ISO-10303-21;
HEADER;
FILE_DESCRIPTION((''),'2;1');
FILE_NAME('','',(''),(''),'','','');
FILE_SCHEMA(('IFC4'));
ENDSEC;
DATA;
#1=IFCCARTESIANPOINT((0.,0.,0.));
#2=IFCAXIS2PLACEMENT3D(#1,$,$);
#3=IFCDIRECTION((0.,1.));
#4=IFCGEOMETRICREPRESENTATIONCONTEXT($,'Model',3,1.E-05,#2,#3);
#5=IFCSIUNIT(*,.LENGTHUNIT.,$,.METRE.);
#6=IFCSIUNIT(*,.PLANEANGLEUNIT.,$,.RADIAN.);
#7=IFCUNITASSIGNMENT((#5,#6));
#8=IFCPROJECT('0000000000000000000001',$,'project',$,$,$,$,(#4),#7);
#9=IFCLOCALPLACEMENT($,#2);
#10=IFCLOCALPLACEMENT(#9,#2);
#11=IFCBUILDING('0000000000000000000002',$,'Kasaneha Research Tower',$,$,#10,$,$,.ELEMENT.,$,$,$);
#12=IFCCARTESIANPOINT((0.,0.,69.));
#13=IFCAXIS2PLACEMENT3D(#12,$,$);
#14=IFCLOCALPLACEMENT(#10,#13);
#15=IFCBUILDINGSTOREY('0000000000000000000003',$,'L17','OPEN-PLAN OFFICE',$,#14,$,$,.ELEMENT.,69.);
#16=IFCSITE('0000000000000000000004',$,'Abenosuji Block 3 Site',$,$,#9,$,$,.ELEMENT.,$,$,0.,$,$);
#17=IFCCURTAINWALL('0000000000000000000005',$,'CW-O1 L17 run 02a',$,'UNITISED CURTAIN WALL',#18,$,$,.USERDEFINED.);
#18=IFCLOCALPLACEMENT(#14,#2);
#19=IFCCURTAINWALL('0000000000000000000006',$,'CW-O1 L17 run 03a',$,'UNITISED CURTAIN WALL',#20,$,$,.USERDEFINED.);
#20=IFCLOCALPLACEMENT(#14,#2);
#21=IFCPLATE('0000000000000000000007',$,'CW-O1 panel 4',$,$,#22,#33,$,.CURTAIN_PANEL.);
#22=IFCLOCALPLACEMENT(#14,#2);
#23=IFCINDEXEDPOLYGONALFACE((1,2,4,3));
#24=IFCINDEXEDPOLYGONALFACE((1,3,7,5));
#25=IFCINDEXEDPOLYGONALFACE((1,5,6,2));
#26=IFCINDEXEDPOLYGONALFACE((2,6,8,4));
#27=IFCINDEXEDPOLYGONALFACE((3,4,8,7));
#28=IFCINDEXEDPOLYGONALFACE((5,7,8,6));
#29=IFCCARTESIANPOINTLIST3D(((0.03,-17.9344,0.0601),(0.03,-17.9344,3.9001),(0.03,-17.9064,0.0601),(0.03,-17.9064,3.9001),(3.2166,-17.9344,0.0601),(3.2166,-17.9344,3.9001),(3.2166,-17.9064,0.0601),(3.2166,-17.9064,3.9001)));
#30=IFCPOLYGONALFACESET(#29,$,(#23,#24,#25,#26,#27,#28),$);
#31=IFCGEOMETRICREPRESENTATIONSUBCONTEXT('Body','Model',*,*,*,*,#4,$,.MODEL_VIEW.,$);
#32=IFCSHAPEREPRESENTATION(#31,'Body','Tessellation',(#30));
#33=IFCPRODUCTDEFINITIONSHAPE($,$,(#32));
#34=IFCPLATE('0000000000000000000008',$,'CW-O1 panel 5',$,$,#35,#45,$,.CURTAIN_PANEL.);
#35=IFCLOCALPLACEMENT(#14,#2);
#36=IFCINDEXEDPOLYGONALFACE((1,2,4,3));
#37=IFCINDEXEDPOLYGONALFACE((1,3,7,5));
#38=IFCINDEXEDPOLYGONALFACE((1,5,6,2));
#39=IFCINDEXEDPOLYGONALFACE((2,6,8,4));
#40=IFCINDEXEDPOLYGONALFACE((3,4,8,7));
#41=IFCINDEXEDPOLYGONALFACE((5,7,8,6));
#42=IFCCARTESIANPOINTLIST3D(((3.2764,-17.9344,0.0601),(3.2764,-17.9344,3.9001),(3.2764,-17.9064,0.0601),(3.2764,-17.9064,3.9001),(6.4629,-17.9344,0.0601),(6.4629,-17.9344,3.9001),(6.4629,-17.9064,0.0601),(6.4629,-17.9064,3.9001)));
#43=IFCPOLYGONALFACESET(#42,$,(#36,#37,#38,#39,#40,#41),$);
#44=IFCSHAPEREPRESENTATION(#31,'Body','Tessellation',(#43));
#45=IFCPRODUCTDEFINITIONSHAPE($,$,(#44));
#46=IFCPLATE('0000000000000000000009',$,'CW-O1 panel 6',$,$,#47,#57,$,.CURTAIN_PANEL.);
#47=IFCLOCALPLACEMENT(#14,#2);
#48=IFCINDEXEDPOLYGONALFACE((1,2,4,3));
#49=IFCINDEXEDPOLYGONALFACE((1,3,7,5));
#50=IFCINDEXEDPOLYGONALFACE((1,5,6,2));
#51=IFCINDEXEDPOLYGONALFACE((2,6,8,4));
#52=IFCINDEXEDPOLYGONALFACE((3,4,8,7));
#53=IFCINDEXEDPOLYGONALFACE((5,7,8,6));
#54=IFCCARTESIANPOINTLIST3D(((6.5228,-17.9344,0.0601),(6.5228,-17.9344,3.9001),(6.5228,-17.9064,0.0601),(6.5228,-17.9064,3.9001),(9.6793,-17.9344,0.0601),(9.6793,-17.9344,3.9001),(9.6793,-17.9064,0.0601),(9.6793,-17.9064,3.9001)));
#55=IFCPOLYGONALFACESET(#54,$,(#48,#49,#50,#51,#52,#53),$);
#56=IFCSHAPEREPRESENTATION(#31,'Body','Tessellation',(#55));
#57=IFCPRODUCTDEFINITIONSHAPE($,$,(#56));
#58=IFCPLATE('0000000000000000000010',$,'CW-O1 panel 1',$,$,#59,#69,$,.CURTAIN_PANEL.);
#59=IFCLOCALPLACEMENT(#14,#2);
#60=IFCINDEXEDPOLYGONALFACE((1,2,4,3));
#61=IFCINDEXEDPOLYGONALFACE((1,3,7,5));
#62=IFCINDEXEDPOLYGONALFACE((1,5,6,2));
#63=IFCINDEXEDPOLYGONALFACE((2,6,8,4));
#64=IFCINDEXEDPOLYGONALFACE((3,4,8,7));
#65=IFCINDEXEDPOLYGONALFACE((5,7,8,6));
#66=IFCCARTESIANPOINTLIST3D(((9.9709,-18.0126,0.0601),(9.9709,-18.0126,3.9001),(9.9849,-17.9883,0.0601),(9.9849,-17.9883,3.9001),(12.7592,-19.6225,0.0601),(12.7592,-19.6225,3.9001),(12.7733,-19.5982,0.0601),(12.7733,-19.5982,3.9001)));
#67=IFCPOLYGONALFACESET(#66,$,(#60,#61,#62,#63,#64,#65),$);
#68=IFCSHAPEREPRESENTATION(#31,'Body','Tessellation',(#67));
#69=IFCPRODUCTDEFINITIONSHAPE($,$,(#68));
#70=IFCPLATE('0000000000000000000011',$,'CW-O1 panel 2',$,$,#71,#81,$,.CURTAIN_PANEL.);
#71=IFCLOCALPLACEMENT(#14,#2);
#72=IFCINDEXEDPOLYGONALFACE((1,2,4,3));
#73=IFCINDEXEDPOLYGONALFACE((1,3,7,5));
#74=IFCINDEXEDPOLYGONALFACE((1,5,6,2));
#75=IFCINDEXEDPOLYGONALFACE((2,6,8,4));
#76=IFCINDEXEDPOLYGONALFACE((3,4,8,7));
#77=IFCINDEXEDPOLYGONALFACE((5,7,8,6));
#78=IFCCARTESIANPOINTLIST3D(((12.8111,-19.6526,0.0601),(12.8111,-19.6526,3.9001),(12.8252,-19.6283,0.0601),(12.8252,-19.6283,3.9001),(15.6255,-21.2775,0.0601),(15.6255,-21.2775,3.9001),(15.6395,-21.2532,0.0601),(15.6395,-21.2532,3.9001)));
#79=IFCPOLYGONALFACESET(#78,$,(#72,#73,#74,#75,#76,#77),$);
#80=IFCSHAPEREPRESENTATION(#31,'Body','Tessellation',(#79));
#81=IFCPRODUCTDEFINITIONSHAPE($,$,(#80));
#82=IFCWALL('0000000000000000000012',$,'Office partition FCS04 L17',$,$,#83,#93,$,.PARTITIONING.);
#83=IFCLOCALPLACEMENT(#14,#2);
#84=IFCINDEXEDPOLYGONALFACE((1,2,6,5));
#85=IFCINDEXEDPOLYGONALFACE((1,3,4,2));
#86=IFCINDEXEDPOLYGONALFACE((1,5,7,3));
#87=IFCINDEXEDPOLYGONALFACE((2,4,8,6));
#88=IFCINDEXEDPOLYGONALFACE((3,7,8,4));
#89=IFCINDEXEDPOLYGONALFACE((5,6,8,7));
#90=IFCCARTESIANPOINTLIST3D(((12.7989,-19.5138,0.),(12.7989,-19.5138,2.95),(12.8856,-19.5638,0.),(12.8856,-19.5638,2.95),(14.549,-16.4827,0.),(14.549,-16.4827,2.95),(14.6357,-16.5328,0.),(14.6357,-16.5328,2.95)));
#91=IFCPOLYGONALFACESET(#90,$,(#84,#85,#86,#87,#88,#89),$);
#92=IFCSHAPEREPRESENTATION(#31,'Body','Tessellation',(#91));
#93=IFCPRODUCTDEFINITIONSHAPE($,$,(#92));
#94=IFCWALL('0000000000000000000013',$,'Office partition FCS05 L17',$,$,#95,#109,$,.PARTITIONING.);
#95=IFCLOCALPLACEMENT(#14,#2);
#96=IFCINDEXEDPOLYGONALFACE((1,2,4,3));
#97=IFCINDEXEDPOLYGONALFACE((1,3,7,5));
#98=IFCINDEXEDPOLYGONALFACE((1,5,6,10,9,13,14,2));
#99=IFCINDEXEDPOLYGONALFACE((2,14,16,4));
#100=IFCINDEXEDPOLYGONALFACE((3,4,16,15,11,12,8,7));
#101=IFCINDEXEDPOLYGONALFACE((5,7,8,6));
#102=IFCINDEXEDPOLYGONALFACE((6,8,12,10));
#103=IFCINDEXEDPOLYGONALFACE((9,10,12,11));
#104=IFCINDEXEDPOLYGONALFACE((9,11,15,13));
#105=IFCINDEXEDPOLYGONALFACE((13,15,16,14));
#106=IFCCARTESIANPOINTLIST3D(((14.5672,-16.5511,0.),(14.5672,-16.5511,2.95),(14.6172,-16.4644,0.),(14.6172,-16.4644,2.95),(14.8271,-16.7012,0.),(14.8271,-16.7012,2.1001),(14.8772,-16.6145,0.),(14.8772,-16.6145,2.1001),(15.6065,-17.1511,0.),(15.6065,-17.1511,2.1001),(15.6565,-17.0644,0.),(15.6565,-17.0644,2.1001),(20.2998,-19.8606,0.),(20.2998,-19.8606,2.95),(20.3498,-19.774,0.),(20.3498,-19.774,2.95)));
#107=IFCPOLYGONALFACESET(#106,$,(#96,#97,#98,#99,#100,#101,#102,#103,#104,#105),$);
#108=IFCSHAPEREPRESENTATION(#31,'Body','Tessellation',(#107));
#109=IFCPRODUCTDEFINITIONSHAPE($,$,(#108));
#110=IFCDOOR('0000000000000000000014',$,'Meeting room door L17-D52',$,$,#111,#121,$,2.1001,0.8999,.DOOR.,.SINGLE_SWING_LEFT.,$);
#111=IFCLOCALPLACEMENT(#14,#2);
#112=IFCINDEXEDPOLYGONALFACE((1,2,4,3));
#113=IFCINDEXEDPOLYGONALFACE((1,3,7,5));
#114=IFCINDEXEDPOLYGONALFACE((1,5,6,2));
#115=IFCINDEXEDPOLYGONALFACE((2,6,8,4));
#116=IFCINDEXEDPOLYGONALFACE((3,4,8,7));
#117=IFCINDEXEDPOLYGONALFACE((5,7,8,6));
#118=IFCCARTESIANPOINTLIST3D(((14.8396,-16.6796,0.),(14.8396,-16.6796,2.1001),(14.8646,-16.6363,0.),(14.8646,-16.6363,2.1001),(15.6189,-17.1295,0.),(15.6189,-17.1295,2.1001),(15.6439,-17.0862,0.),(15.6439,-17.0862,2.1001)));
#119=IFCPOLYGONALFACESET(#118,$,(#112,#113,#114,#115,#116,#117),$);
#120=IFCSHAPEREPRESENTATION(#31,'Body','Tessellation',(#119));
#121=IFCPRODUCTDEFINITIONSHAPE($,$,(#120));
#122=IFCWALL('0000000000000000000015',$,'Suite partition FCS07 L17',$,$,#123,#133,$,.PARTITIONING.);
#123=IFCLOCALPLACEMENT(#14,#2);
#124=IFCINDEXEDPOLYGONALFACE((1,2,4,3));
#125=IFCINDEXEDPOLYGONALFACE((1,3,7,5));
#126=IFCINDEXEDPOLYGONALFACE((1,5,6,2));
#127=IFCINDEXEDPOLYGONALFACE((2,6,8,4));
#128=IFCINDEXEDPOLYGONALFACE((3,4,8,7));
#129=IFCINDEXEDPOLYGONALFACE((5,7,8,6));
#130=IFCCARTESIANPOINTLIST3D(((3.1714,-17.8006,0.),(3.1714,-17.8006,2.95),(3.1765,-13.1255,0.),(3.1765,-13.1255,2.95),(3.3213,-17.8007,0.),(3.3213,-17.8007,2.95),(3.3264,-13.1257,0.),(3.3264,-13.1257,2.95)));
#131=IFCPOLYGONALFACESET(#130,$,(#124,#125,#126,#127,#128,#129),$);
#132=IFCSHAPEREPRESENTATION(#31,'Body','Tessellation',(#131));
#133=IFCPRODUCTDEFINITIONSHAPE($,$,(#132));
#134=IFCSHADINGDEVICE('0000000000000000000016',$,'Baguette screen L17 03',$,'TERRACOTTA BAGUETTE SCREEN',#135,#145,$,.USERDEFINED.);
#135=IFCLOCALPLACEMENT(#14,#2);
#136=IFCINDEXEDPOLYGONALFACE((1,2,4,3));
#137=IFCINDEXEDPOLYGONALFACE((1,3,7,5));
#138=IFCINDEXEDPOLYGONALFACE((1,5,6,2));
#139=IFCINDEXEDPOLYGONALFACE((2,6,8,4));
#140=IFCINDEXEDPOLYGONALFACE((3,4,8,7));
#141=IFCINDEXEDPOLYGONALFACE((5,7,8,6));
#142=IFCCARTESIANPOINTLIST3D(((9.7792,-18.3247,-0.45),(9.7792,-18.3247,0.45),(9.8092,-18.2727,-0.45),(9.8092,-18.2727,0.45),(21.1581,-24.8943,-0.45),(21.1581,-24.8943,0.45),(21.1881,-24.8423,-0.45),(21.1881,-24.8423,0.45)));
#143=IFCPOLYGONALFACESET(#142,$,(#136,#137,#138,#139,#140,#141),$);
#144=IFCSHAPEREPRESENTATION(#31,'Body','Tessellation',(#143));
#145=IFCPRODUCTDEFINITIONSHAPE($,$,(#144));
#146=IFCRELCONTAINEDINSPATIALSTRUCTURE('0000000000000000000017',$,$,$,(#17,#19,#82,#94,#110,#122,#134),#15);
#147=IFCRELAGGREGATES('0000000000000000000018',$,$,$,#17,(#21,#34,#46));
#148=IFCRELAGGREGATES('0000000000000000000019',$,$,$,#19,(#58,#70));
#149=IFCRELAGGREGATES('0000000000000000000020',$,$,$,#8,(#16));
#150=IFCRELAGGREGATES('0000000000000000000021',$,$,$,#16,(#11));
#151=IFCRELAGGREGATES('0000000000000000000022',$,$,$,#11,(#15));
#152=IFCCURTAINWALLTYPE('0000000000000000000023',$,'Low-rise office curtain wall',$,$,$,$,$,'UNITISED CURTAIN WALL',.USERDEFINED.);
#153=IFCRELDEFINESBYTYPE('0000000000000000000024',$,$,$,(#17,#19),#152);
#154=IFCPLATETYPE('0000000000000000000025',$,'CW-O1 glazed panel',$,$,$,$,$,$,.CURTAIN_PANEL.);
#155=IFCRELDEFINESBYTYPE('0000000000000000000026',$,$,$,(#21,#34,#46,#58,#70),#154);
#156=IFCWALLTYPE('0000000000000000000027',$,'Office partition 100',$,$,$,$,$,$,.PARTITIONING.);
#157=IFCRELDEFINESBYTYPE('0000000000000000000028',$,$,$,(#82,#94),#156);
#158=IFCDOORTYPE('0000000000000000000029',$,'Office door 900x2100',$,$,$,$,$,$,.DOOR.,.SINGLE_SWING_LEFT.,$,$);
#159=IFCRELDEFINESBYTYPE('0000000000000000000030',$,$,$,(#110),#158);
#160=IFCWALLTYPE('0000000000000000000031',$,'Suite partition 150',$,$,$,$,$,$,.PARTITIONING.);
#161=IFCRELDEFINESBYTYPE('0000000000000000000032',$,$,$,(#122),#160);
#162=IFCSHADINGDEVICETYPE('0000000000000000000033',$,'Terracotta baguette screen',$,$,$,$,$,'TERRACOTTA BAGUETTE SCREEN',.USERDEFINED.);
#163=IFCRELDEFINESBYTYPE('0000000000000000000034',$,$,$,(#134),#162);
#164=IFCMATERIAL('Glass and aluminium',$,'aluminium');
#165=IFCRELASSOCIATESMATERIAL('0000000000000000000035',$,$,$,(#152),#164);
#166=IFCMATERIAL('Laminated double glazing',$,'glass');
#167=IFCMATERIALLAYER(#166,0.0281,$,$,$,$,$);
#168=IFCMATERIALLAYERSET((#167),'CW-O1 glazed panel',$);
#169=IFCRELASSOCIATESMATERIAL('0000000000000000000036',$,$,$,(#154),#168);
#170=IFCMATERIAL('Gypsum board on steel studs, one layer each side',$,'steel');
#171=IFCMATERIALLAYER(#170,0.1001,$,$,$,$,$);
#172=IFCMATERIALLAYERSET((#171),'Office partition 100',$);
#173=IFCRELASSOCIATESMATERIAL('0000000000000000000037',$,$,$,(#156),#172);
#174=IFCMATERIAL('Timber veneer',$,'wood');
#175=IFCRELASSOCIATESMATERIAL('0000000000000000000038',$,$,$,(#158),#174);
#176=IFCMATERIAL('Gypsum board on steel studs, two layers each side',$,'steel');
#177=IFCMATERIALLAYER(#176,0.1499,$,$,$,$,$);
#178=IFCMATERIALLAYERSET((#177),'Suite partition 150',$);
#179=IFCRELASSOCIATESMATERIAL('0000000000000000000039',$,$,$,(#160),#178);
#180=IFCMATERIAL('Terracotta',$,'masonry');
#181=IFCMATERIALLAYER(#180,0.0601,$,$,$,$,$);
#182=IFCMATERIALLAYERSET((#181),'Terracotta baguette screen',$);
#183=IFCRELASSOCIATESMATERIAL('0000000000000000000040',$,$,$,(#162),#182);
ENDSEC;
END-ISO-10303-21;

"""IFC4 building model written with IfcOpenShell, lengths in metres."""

from ifc_helpers import new_model, si_unit, direction, frame, frame_2d, origin, origin_2d, place, context, subcontext, project, spatial, rectangle, extrude, material, layer, layer_set, type_object, element, fill, aggregate, save


model = new_model("IFC4")

# Units and contexts
model_context = context("Model", 3, precision=1e-05, world=origin(), true_north=direction((0.0, 1.0)))
body_context = subcontext(model_context, "Body", "Model", "MODEL_VIEW")
ifc_project = project(units=[si_unit("LENGTHUNIT", "METRE"), si_unit("PLANEANGLEUNIT", "RADIAN")], contexts=[model_context])

# Site, building, storey
site_placement = place(None, origin())
site = spatial("IfcSite", under=ifc_project, at=site_placement, Name="Abenosuji Block 3 Site", CompositionType="ELEMENT", RefElevation=0.0)
building_placement = place(site_placement, origin())
building = spatial("IfcBuilding", under=site, at=building_placement, Name="Kasaneha Research Tower", CompositionType="ELEMENT")
storey_placement = place(building_placement, frame((0.0, 0.0, 69.0)))
storey = spatial("IfcBuildingStorey", under=building, at=storey_placement, Name="L17", Description="OPEN-PLAN OFFICE", CompositionType="ELEMENT", Elevation=69.0)

# Curtain walls
ifc_material_1 = material(Name="Glass and aluminium", Category="aluminium")
curtain_wall_type = type_object("IfcCurtainWallType", Name="Low-rise office curtain wall", ElementType="UNITISED CURTAIN WALL", PredefinedType="USERDEFINED", material=ifc_material_1)
curtain_wall_1_placement = place(storey_placement, origin())
curtain_wall_1 = element("IfcCurtainWall", 1, at=curtain_wall_1_placement, inside=storey, type_object=curtain_wall_type, Name="CW-O1 L17 run 02a", ObjectType="UNITISED CURTAIN WALL", PredefinedType="USERDEFINED")
curtain_wall_2_placement = place(storey_placement, origin())
curtain_wall_2 = element("IfcCurtainWall", 2, at=curtain_wall_2_placement, inside=storey, type_object=curtain_wall_type, Name="CW-O1 L17 run 03a", ObjectType="UNITISED CURTAIN WALL", PredefinedType="USERDEFINED")

# Plates
ifc_material_2 = material(Name="Laminated double glazing", Category="glass")
ifc_layer_1 = layer(ifc_material_2, 0.0281)
ifc_layer_set_1 = layer_set([ifc_layer_1], Name="CW-O1 glazed panel")
plate_type = type_object("IfcPlateType", Name="CW-O1 glazed panel", PredefinedType="CURTAIN_PANEL", material=ifc_layer_set_1)
plate_1_placement = place(storey_placement, frame((1.6233, -17.9204, 0.0601), z_axis=(0.0, 0.0, 1.0), x_axis=(1.0, 0.0, 0.0)))
plate_1 = element("IfcPlate", 3, at=plate_1_placement, type_object=plate_type, Name="CW-O1 panel 4", PredefinedType="CURTAIN_PANEL", context=body_context, shape_type="SweptSolid", body=[
    extrude(rectangle(XDim=3.1865, YDim=0.0281, at=origin_2d()), origin(), (0.0, 0.0, 1.0), 3.8401),
])
plate_2_placement = place(storey_placement, frame((4.8696, -17.9204, 0.0601), z_axis=(0.0, 0.0, 1.0), x_axis=(1.0, 0.0, 0.0)))
plate_2 = element("IfcPlate", 4, at=plate_2_placement, type_object=plate_type, Name="CW-O1 panel 5", PredefinedType="CURTAIN_PANEL", context=body_context, shape_type="SweptSolid", body=[
    extrude(rectangle(XDim=3.1865, YDim=0.0281, at=origin_2d()), origin(), (0.0, 0.0, 1.0), 3.8401),
])
plate_3_placement = place(storey_placement, frame((8.1011, -17.9204, 0.0601), z_axis=(0.0, 0.0, 1.0), x_axis=(1.0, 0.0, 0.0)))
plate_3 = element("IfcPlate", 5, at=plate_3_placement, type_object=plate_type, Name="CW-O1 panel 6", PredefinedType="CURTAIN_PANEL", context=body_context, shape_type="SweptSolid", body=[
    extrude(rectangle(XDim=3.1565, YDim=0.0281, at=origin_2d()), origin(), (0.0, 0.0, 1.0), 3.8401),
])
aggregate(curtain_wall_1, [plate_1, plate_2, plate_3])
plate_4_placement = place(storey_placement, frame((11.3721, -18.8054, 0.0601), z_axis=(0.0, 0.0, 1.0), x_axis=(0.866025, -0.5, 0.0)))
plate_4 = element("IfcPlate", 6, at=plate_4_placement, type_object=plate_type, Name="CW-O1 panel 1", PredefinedType="CURTAIN_PANEL", context=body_context, shape_type="SweptSolid", body=[
    extrude(rectangle(XDim=3.2197, YDim=0.0281, at=origin_2d()), origin(), (0.0, 0.0, 1.0), 3.8401),
])
plate_5_placement = place(storey_placement, frame((14.2253, -20.4529, 0.0601), z_axis=(0.0, 0.0, 1.0), x_axis=(0.866025, -0.5, 0.0)))
plate_5 = element("IfcPlate", 7, at=plate_5_placement, type_object=plate_type, Name="CW-O1 panel 2", PredefinedType="CURTAIN_PANEL", context=body_context, shape_type="SweptSolid", body=[
    extrude(rectangle(XDim=3.2498, YDim=0.0281, at=origin_2d()), origin(), (0.0, 0.0, 1.0), 3.8401),
])
aggregate(curtain_wall_2, [plate_4, plate_5])

# Wall
ifc_material_3 = material(Name="Gypsum board on steel studs, one layer each side", Category="steel")
ifc_layer_2 = layer(ifc_material_3, 0.1001)
ifc_layer_set_2 = layer_set([ifc_layer_2], Name="Office partition 100")
wall_type_1 = type_object("IfcWallType", Name="Office partition 100", PredefinedType="PARTITIONING", material=ifc_layer_set_2)
wall_1_placement = place(storey_placement, frame((12.8423, -19.5388, 0.0), z_axis=(0.0, 0.0, 1.0), x_axis=(0.50001, 0.866019, 0.0)))
element("IfcWall", 8, at=wall_1_placement, inside=storey, type_object=wall_type_1, Name="Office partition FCS04 L17", PredefinedType="PARTITIONING", context=body_context, shape_type="SweptSolid", body=[
    extrude(rectangle(XDim=3.5, YDim=0.1001, at=frame_2d((1.75, 0.0))), origin(), (0.0, 0.0, 1.0), 2.95),
])

# Wall, opening, door
wall_2_placement = place(storey_placement, frame((14.5923, -16.5078, 0.0), z_axis=(0.0, 0.0, 1.0), x_axis=(0.866038, -0.499979, 0.0)))
wall_2 = element("IfcWall", 9, at=wall_2_placement, inside=storey, type_object=wall_type_1, Name="Office partition FCS05 L17", PredefinedType="PARTITIONING", context=body_context, shape_type="SweptSolid", body=[
    extrude(rectangle(XDim=6.6194, YDim=0.1001, at=frame_2d((3.3096, 0.0))), origin(), (0.0, 0.0, 1.0), 2.95),
])
opening_placement = place(wall_2_placement, frame((0.3, 0.0, 0.0)))
opening = element("IfcOpeningElement", 10, at=opening_placement, cuts=wall_2, PredefinedType="OPENING", context=body_context, shape_type="SweptSolid", body=[
    extrude(rectangle(XDim=0.8999, YDim=2.1001, at=frame_2d((0.45, 1.05))), frame((0.0, 0.0601, 0.0), z_axis=(0.0, -1.0, 0.0), x_axis=(1.0, 0.0, 0.0)), (0.0, 0.0, 1.0), 0.1201),
])
ifc_material_4 = material(Name="Timber veneer", Category="wood")
door_type = type_object("IfcDoorType", Name="Office door 900x2100", OperationType="SINGLE_SWING_LEFT", PredefinedType="DOOR", material=ifc_material_4)
door_placement = place(opening_placement, origin())
door = element("IfcDoor", 11, at=door_placement, inside=storey, type_object=door_type, Name="Meeting room door L17-D52", OperationType="SINGLE_SWING_LEFT", OverallHeight=2.1001, OverallWidth=0.8999, PredefinedType="DOOR", context=body_context, shape_type="SweptSolid", body=[
    extrude(rectangle(XDim=0.8999, YDim=2.1001, at=frame_2d((0.45, 1.05))), frame((0.0, 0.0249, 0.0), z_axis=(0.0, -1.0, 0.0), x_axis=(1.0, 0.0, 0.0)), (0.0, 0.0, 1.0), 0.05),
])
fill(opening, door)

# Wall
ifc_material_5 = material(Name="Gypsum board on steel studs, two layers each side", Category="steel")
ifc_layer_3 = layer(ifc_material_5, 0.1499)
ifc_layer_set_3 = layer_set([ifc_layer_3], Name="Suite partition 150")
wall_type_2 = type_object("IfcWallType", Name="Suite partition 150", PredefinedType="PARTITIONING", material=ifc_layer_set_3)
wall_3_placement = place(storey_placement, frame((3.2463, -17.8005, 0.0), z_axis=(0.0, 0.0, 1.0), x_axis=(0.001097, 0.999999, 0.0)))
element("IfcWall", 12, at=wall_3_placement, inside=storey, type_object=wall_type_2, Name="Suite partition FCS07 L17", PredefinedType="PARTITIONING", context=body_context, shape_type="SweptSolid", body=[
    extrude(rectangle(XDim=4.675, YDim=0.1499, at=frame_2d((2.3374, 0.0))), origin(), (0.0, 0.0, 1.0), 2.95),
])

# Shading device
ifc_material_6 = material(Name="Terracotta", Category="masonry")
ifc_layer_4 = layer(ifc_material_6, 0.0601)
ifc_layer_set_4 = layer_set([ifc_layer_4], Name="Terracotta baguette screen")
shading_device_type = type_object("IfcShadingDeviceType", Name="Terracotta baguette screen", ElementType="TERRACOTTA BAGUETTE SCREEN", PredefinedType="USERDEFINED", material=ifc_layer_set_4)
shading_device_placement = place(storey_placement, frame((15.4836, -21.5835, -0.45), z_axis=(0.0, 0.0, 1.0), x_axis=(0.866025, -0.5, 0.0)))
element("IfcShadingDevice", 13, at=shading_device_placement, inside=storey, type_object=shading_device_type, Name="Baguette screen L17 03", ObjectType="TERRACOTTA BAGUETTE SCREEN", PredefinedType="USERDEFINED", context=body_context, shape_type="SweptSolid", body=[
    extrude(rectangle(XDim=13.1392, YDim=0.0601, at=origin_2d()), origin(), (0.0, 0.0, 1.0), 0.8999),
])

save(model, "model.ifc")
